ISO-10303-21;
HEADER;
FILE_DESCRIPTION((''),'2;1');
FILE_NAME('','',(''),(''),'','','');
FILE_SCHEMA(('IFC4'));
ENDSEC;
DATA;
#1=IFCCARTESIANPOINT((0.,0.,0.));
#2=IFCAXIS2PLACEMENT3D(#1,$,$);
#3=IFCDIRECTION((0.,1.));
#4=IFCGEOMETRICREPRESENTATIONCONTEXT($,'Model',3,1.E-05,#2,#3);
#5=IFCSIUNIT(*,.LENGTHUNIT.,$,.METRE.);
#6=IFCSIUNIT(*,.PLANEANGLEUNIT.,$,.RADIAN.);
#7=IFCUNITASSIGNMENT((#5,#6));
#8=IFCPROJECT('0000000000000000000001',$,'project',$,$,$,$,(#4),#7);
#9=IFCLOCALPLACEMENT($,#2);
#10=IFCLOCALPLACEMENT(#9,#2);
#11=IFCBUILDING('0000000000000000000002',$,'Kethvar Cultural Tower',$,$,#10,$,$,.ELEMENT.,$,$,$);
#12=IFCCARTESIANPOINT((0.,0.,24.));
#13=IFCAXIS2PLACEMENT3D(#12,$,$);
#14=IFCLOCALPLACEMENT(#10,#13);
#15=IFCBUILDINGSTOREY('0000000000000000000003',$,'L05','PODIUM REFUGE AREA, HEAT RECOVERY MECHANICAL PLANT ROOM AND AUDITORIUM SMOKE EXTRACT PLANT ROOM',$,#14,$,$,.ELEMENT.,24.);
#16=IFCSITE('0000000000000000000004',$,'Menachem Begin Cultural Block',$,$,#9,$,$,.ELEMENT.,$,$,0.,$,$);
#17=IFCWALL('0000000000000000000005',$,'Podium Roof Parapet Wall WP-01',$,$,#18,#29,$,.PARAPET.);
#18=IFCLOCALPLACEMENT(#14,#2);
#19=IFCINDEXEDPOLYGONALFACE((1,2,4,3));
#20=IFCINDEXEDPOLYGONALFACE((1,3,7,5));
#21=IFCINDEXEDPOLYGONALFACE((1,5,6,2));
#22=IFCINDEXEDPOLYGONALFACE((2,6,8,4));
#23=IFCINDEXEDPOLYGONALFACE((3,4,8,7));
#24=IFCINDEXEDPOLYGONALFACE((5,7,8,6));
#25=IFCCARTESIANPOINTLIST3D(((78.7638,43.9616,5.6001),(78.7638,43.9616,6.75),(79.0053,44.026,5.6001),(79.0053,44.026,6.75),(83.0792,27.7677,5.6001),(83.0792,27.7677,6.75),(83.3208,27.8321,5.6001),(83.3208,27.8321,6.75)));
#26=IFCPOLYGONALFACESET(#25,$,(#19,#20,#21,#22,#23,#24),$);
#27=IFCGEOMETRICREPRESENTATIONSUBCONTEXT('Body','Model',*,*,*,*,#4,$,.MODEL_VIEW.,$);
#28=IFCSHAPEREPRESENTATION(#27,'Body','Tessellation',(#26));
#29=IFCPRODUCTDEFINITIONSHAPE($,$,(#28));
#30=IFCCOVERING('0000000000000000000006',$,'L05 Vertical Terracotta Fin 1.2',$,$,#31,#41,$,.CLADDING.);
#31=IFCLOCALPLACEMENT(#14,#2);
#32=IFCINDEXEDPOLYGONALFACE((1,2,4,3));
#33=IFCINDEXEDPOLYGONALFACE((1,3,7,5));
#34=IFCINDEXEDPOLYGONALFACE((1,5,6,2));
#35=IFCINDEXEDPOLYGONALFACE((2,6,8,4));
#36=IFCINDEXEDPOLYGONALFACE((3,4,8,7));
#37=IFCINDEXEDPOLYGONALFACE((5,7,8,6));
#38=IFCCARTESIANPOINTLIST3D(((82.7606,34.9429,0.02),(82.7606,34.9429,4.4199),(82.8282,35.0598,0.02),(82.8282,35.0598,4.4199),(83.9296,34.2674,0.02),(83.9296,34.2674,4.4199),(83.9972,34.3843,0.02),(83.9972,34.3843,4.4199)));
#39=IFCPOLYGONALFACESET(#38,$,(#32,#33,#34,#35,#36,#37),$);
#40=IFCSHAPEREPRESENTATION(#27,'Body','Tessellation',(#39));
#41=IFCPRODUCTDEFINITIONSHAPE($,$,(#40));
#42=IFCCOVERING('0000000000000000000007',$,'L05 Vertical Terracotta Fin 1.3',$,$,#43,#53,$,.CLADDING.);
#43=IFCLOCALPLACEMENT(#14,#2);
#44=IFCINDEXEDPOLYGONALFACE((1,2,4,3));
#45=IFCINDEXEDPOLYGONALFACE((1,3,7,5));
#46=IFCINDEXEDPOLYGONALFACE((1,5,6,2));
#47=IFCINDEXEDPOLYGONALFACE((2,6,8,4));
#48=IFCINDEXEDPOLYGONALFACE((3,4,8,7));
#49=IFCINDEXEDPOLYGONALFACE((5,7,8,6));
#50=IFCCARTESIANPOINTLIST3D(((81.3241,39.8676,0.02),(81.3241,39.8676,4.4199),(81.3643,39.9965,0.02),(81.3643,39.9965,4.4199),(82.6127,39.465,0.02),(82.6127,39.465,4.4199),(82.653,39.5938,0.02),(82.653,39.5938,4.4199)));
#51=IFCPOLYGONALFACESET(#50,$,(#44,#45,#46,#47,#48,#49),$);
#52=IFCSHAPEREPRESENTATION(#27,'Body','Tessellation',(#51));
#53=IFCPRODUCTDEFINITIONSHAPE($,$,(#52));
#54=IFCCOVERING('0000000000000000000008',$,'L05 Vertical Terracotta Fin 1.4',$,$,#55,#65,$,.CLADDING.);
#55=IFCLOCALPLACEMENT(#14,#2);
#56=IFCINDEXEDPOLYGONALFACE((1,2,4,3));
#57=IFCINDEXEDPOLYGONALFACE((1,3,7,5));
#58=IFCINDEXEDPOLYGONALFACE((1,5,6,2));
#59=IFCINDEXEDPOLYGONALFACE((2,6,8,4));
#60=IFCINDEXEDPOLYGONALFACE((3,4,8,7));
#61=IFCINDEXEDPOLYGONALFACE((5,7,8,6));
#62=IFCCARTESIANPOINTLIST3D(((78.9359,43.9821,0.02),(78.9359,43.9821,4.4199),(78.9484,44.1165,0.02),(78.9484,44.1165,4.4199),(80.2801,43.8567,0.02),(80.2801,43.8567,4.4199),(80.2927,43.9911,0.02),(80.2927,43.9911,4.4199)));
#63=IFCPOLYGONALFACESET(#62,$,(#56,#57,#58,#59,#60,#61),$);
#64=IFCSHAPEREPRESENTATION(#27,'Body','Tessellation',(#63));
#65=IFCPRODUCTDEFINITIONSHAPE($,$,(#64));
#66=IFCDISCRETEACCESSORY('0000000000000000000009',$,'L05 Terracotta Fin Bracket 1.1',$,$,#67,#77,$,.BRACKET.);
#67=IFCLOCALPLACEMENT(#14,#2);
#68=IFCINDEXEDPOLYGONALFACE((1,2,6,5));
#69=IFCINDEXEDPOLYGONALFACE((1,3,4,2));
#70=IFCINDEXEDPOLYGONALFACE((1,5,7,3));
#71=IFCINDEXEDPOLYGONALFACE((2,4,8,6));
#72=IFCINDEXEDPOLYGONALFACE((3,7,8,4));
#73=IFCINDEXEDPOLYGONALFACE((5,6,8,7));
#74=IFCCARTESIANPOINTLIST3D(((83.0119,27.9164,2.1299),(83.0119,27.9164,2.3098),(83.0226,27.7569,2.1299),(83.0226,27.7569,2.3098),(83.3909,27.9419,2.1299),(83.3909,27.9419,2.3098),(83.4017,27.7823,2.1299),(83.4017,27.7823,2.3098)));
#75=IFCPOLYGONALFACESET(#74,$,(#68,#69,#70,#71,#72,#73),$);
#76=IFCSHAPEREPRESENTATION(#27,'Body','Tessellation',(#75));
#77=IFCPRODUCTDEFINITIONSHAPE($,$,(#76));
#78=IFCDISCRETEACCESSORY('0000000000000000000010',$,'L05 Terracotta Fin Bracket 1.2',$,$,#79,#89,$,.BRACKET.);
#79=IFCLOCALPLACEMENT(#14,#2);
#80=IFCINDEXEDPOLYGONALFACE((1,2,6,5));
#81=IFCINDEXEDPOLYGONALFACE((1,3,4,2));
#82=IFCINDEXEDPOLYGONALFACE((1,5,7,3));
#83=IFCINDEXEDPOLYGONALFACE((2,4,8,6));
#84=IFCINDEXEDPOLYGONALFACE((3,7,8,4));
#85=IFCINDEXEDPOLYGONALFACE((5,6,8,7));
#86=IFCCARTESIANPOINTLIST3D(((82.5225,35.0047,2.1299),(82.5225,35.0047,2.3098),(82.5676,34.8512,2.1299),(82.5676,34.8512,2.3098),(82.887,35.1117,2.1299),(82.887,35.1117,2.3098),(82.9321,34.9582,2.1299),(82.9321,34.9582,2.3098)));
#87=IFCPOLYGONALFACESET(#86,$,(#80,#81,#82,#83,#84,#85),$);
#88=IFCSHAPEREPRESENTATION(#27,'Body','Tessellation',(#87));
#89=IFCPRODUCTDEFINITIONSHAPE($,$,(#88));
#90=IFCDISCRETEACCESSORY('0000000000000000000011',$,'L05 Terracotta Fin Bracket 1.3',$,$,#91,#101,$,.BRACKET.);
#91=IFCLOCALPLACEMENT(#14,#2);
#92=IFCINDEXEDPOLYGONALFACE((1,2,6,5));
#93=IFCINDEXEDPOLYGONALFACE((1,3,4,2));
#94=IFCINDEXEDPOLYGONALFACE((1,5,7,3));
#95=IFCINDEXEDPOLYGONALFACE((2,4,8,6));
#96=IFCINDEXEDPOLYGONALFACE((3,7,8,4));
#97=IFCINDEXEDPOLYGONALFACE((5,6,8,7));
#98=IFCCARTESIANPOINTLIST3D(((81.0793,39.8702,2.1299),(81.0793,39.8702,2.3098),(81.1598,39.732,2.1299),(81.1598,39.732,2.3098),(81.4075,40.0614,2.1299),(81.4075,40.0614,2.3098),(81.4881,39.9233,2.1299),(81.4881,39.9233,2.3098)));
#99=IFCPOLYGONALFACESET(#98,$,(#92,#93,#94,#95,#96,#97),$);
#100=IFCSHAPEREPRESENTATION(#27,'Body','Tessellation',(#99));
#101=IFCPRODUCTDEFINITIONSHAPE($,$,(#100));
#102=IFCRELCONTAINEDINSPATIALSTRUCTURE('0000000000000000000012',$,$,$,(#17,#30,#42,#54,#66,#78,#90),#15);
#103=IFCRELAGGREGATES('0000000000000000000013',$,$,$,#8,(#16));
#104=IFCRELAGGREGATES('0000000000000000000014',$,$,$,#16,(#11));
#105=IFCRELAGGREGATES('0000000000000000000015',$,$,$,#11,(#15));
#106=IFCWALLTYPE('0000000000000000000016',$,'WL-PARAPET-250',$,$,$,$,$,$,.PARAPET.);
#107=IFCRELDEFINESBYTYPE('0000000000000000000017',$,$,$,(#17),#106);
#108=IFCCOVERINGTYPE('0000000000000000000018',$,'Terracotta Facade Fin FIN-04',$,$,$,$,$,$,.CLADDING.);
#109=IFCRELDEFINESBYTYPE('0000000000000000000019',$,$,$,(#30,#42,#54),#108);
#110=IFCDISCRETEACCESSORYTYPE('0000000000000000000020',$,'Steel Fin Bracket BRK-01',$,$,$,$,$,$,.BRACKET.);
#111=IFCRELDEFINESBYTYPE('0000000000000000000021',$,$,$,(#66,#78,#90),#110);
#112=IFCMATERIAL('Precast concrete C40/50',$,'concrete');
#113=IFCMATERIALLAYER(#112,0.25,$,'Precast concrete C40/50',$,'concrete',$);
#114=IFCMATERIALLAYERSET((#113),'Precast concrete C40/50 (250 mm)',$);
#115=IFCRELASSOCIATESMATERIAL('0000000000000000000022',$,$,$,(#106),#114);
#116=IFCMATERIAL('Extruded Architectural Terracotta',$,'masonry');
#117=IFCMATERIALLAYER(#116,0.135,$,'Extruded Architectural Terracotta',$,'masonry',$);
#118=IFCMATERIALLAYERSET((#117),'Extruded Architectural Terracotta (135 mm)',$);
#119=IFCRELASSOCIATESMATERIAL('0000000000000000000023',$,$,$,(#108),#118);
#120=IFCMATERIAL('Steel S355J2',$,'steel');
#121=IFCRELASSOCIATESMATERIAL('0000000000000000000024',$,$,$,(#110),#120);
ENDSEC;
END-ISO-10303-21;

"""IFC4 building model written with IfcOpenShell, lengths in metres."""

from ifc_helpers import new_model, si_unit, direction, frame, frame_2d, origin, origin_2d, place, context, subcontext, project, spatial, rectangle, extrude, source, transform, mapped, material, layer, layer_set, type_object, element, save


model = new_model("IFC4")

# Units and contexts
model_context = context("Model", 3, precision=1e-05, world=origin(), true_north=direction((0.0, 1.0)))
body_context = subcontext(model_context, "Body", "Model", "MODEL_VIEW")
ifc_project = project(units=[si_unit("LENGTHUNIT", "METRE"), si_unit("PLANEANGLEUNIT", "RADIAN")], contexts=[model_context])

# Site, building, storey
site_placement = place(None, origin())
site = spatial("IfcSite", under=ifc_project, at=site_placement, Name="Menachem Begin Cultural Block", CompositionType="ELEMENT", RefElevation=0.0)
building_placement = place(site_placement, origin())
building = spatial("IfcBuilding", under=site, at=building_placement, Name="Kethvar Cultural Tower", CompositionType="ELEMENT")
storey_placement = place(building_placement, frame((0.0, 0.0, 24.0)))
storey = spatial("IfcBuildingStorey", under=building, at=storey_placement, Name="L05", Description="PODIUM REFUGE AREA, HEAT RECOVERY MECHANICAL PLANT ROOM AND AUDITORIUM SMOKE EXTRACT PLANT ROOM", CompositionType="ELEMENT", Elevation=24.0)

# Shared definitions
ifc_material_1 = material(Name="Steel S355J2", Category="steel")

# Wall
ifc_material_2 = material(Name="Precast concrete C40/50", Category="concrete")
ifc_layer_1 = layer(ifc_material_2, 0.25, Name="Precast concrete C40/50", Category="concrete")
ifc_layer_set_1 = layer_set([ifc_layer_1], Name="Precast concrete C40/50 (250 mm)")
wall_type_1 = type_object("IfcWallType", Name="WL-PARAPET-250", PredefinedType="PARAPET", material=ifc_layer_set_1)
wall_1_placement = place(storey_placement, frame((83.2, 27.8, 5.6001), z_axis=(0.0, 0.0, 1.0), x_axis=(-0.257499, 0.966278, 0.0)))
element("IfcWall", 1, at=wall_1_placement, inside=storey, type_object=wall_type_1, Name="Podium Roof Parapet Wall WP-01", PredefinedType="PARAPET", context=body_context, shape_type="SweptSolid", body=[
    extrude(rectangle(XDim=16.759, YDim=0.25, at=frame_2d((8.3794, 0.0))), origin(), (0.0, 0.0, 1.0), 1.1499),
])

# Coverings
ifc_material_3 = material(Name="Extruded Architectural Terracotta", Category="masonry")
ifc_layer_2 = layer(ifc_material_3, 0.135, Name="Extruded Architectural Terracotta", Category="masonry")
ifc_layer_set_2 = layer_set([ifc_layer_2], Name="Extruded Architectural Terracotta (135 mm)")
covering_type = type_object("IfcCoveringType", Name="Terracotta Facade Fin FIN-04", PredefinedType="CLADDING", material=ifc_layer_set_2)
shared_shape_1 = source(origin(), body_context, "Body", "SweptSolid", [
    extrude(rectangle(XDim=1.3501, YDim=0.135, at=origin_2d()), origin(), (0.0, 0.0, 1.0), 4.3999),
])
for number, where, z_axis, x_axis, name in (
    (2, (83.3789, 34.6636, 0.02), (0.0, 0.0, 1.0), (0.865851, -0.500302, 0.0), "L05 Vertical Terracotta Fin 1.2"),
    (3, (81.9885, 39.7307, 0.02), (0.0, 0.0, 1.0), (0.954501, -0.298208, 0.0), "L05 Vertical Terracotta Fin 1.3"),
    (4, (79.6143, 43.9866, 0.02), (0.0, 0.0, 1.0), (0.995676, -0.092892, 0.0), "L05 Vertical Terracotta Fin 1.4"),
):
    element("IfcCovering", number, at=place(storey_placement, frame(where, z_axis=z_axis, x_axis=x_axis)), inside=storey, type_object=covering_type, Name=name, PredefinedType="CLADDING", context=body_context, shape_type="MappedRepresentation", body=[
        mapped(shared_shape_1, transform((0.0, 0.0, 0.0), scale=1.0)),
    ])

# Discrete accessories
discrete_accessory_type = type_object("IfcDiscreteAccessoryType", Name="Steel Fin Bracket BRK-01", PredefinedType="BRACKET", material=ifc_material_1)
shared_shape_2 = source(origin(), body_context, "Body", "SweptSolid", [
    extrude(rectangle(XDim=0.3799, YDim=0.1599, at=origin_2d()), origin(), (0.0, 0.0, 1.0), 0.1799),
])
for number, where, z_axis, x_axis, name in (
    (5, (83.2068, 27.8494, 2.1299), (0.0, 0.0, 1.0), (0.997755, 0.06697, 0.0), "L05 Terracotta Fin Bracket 1.1"),
    (6, (82.7273, 34.9814, 2.1299), (0.0, 0.0, 1.0), (0.959511, 0.281672, 0.0), "L05 Terracotta Fin Bracket 1.2"),
    (7, (81.2837, 39.8967, 2.1299), (0.0, 0.0, 1.0), (0.864011, 0.503472, 0.0), "L05 Terracotta Fin Bracket 1.3"),
):
    element("IfcDiscreteAccessory", number, at=place(storey_placement, frame(where, z_axis=z_axis, x_axis=x_axis)), inside=storey, type_object=discrete_accessory_type, Name=name, PredefinedType="BRACKET", context=body_context, shape_type="MappedRepresentation", body=[
        mapped(shared_shape_2, transform((0.0, 0.0, 0.0), scale=1.0)),
    ])

save(model, "model.ifc")
